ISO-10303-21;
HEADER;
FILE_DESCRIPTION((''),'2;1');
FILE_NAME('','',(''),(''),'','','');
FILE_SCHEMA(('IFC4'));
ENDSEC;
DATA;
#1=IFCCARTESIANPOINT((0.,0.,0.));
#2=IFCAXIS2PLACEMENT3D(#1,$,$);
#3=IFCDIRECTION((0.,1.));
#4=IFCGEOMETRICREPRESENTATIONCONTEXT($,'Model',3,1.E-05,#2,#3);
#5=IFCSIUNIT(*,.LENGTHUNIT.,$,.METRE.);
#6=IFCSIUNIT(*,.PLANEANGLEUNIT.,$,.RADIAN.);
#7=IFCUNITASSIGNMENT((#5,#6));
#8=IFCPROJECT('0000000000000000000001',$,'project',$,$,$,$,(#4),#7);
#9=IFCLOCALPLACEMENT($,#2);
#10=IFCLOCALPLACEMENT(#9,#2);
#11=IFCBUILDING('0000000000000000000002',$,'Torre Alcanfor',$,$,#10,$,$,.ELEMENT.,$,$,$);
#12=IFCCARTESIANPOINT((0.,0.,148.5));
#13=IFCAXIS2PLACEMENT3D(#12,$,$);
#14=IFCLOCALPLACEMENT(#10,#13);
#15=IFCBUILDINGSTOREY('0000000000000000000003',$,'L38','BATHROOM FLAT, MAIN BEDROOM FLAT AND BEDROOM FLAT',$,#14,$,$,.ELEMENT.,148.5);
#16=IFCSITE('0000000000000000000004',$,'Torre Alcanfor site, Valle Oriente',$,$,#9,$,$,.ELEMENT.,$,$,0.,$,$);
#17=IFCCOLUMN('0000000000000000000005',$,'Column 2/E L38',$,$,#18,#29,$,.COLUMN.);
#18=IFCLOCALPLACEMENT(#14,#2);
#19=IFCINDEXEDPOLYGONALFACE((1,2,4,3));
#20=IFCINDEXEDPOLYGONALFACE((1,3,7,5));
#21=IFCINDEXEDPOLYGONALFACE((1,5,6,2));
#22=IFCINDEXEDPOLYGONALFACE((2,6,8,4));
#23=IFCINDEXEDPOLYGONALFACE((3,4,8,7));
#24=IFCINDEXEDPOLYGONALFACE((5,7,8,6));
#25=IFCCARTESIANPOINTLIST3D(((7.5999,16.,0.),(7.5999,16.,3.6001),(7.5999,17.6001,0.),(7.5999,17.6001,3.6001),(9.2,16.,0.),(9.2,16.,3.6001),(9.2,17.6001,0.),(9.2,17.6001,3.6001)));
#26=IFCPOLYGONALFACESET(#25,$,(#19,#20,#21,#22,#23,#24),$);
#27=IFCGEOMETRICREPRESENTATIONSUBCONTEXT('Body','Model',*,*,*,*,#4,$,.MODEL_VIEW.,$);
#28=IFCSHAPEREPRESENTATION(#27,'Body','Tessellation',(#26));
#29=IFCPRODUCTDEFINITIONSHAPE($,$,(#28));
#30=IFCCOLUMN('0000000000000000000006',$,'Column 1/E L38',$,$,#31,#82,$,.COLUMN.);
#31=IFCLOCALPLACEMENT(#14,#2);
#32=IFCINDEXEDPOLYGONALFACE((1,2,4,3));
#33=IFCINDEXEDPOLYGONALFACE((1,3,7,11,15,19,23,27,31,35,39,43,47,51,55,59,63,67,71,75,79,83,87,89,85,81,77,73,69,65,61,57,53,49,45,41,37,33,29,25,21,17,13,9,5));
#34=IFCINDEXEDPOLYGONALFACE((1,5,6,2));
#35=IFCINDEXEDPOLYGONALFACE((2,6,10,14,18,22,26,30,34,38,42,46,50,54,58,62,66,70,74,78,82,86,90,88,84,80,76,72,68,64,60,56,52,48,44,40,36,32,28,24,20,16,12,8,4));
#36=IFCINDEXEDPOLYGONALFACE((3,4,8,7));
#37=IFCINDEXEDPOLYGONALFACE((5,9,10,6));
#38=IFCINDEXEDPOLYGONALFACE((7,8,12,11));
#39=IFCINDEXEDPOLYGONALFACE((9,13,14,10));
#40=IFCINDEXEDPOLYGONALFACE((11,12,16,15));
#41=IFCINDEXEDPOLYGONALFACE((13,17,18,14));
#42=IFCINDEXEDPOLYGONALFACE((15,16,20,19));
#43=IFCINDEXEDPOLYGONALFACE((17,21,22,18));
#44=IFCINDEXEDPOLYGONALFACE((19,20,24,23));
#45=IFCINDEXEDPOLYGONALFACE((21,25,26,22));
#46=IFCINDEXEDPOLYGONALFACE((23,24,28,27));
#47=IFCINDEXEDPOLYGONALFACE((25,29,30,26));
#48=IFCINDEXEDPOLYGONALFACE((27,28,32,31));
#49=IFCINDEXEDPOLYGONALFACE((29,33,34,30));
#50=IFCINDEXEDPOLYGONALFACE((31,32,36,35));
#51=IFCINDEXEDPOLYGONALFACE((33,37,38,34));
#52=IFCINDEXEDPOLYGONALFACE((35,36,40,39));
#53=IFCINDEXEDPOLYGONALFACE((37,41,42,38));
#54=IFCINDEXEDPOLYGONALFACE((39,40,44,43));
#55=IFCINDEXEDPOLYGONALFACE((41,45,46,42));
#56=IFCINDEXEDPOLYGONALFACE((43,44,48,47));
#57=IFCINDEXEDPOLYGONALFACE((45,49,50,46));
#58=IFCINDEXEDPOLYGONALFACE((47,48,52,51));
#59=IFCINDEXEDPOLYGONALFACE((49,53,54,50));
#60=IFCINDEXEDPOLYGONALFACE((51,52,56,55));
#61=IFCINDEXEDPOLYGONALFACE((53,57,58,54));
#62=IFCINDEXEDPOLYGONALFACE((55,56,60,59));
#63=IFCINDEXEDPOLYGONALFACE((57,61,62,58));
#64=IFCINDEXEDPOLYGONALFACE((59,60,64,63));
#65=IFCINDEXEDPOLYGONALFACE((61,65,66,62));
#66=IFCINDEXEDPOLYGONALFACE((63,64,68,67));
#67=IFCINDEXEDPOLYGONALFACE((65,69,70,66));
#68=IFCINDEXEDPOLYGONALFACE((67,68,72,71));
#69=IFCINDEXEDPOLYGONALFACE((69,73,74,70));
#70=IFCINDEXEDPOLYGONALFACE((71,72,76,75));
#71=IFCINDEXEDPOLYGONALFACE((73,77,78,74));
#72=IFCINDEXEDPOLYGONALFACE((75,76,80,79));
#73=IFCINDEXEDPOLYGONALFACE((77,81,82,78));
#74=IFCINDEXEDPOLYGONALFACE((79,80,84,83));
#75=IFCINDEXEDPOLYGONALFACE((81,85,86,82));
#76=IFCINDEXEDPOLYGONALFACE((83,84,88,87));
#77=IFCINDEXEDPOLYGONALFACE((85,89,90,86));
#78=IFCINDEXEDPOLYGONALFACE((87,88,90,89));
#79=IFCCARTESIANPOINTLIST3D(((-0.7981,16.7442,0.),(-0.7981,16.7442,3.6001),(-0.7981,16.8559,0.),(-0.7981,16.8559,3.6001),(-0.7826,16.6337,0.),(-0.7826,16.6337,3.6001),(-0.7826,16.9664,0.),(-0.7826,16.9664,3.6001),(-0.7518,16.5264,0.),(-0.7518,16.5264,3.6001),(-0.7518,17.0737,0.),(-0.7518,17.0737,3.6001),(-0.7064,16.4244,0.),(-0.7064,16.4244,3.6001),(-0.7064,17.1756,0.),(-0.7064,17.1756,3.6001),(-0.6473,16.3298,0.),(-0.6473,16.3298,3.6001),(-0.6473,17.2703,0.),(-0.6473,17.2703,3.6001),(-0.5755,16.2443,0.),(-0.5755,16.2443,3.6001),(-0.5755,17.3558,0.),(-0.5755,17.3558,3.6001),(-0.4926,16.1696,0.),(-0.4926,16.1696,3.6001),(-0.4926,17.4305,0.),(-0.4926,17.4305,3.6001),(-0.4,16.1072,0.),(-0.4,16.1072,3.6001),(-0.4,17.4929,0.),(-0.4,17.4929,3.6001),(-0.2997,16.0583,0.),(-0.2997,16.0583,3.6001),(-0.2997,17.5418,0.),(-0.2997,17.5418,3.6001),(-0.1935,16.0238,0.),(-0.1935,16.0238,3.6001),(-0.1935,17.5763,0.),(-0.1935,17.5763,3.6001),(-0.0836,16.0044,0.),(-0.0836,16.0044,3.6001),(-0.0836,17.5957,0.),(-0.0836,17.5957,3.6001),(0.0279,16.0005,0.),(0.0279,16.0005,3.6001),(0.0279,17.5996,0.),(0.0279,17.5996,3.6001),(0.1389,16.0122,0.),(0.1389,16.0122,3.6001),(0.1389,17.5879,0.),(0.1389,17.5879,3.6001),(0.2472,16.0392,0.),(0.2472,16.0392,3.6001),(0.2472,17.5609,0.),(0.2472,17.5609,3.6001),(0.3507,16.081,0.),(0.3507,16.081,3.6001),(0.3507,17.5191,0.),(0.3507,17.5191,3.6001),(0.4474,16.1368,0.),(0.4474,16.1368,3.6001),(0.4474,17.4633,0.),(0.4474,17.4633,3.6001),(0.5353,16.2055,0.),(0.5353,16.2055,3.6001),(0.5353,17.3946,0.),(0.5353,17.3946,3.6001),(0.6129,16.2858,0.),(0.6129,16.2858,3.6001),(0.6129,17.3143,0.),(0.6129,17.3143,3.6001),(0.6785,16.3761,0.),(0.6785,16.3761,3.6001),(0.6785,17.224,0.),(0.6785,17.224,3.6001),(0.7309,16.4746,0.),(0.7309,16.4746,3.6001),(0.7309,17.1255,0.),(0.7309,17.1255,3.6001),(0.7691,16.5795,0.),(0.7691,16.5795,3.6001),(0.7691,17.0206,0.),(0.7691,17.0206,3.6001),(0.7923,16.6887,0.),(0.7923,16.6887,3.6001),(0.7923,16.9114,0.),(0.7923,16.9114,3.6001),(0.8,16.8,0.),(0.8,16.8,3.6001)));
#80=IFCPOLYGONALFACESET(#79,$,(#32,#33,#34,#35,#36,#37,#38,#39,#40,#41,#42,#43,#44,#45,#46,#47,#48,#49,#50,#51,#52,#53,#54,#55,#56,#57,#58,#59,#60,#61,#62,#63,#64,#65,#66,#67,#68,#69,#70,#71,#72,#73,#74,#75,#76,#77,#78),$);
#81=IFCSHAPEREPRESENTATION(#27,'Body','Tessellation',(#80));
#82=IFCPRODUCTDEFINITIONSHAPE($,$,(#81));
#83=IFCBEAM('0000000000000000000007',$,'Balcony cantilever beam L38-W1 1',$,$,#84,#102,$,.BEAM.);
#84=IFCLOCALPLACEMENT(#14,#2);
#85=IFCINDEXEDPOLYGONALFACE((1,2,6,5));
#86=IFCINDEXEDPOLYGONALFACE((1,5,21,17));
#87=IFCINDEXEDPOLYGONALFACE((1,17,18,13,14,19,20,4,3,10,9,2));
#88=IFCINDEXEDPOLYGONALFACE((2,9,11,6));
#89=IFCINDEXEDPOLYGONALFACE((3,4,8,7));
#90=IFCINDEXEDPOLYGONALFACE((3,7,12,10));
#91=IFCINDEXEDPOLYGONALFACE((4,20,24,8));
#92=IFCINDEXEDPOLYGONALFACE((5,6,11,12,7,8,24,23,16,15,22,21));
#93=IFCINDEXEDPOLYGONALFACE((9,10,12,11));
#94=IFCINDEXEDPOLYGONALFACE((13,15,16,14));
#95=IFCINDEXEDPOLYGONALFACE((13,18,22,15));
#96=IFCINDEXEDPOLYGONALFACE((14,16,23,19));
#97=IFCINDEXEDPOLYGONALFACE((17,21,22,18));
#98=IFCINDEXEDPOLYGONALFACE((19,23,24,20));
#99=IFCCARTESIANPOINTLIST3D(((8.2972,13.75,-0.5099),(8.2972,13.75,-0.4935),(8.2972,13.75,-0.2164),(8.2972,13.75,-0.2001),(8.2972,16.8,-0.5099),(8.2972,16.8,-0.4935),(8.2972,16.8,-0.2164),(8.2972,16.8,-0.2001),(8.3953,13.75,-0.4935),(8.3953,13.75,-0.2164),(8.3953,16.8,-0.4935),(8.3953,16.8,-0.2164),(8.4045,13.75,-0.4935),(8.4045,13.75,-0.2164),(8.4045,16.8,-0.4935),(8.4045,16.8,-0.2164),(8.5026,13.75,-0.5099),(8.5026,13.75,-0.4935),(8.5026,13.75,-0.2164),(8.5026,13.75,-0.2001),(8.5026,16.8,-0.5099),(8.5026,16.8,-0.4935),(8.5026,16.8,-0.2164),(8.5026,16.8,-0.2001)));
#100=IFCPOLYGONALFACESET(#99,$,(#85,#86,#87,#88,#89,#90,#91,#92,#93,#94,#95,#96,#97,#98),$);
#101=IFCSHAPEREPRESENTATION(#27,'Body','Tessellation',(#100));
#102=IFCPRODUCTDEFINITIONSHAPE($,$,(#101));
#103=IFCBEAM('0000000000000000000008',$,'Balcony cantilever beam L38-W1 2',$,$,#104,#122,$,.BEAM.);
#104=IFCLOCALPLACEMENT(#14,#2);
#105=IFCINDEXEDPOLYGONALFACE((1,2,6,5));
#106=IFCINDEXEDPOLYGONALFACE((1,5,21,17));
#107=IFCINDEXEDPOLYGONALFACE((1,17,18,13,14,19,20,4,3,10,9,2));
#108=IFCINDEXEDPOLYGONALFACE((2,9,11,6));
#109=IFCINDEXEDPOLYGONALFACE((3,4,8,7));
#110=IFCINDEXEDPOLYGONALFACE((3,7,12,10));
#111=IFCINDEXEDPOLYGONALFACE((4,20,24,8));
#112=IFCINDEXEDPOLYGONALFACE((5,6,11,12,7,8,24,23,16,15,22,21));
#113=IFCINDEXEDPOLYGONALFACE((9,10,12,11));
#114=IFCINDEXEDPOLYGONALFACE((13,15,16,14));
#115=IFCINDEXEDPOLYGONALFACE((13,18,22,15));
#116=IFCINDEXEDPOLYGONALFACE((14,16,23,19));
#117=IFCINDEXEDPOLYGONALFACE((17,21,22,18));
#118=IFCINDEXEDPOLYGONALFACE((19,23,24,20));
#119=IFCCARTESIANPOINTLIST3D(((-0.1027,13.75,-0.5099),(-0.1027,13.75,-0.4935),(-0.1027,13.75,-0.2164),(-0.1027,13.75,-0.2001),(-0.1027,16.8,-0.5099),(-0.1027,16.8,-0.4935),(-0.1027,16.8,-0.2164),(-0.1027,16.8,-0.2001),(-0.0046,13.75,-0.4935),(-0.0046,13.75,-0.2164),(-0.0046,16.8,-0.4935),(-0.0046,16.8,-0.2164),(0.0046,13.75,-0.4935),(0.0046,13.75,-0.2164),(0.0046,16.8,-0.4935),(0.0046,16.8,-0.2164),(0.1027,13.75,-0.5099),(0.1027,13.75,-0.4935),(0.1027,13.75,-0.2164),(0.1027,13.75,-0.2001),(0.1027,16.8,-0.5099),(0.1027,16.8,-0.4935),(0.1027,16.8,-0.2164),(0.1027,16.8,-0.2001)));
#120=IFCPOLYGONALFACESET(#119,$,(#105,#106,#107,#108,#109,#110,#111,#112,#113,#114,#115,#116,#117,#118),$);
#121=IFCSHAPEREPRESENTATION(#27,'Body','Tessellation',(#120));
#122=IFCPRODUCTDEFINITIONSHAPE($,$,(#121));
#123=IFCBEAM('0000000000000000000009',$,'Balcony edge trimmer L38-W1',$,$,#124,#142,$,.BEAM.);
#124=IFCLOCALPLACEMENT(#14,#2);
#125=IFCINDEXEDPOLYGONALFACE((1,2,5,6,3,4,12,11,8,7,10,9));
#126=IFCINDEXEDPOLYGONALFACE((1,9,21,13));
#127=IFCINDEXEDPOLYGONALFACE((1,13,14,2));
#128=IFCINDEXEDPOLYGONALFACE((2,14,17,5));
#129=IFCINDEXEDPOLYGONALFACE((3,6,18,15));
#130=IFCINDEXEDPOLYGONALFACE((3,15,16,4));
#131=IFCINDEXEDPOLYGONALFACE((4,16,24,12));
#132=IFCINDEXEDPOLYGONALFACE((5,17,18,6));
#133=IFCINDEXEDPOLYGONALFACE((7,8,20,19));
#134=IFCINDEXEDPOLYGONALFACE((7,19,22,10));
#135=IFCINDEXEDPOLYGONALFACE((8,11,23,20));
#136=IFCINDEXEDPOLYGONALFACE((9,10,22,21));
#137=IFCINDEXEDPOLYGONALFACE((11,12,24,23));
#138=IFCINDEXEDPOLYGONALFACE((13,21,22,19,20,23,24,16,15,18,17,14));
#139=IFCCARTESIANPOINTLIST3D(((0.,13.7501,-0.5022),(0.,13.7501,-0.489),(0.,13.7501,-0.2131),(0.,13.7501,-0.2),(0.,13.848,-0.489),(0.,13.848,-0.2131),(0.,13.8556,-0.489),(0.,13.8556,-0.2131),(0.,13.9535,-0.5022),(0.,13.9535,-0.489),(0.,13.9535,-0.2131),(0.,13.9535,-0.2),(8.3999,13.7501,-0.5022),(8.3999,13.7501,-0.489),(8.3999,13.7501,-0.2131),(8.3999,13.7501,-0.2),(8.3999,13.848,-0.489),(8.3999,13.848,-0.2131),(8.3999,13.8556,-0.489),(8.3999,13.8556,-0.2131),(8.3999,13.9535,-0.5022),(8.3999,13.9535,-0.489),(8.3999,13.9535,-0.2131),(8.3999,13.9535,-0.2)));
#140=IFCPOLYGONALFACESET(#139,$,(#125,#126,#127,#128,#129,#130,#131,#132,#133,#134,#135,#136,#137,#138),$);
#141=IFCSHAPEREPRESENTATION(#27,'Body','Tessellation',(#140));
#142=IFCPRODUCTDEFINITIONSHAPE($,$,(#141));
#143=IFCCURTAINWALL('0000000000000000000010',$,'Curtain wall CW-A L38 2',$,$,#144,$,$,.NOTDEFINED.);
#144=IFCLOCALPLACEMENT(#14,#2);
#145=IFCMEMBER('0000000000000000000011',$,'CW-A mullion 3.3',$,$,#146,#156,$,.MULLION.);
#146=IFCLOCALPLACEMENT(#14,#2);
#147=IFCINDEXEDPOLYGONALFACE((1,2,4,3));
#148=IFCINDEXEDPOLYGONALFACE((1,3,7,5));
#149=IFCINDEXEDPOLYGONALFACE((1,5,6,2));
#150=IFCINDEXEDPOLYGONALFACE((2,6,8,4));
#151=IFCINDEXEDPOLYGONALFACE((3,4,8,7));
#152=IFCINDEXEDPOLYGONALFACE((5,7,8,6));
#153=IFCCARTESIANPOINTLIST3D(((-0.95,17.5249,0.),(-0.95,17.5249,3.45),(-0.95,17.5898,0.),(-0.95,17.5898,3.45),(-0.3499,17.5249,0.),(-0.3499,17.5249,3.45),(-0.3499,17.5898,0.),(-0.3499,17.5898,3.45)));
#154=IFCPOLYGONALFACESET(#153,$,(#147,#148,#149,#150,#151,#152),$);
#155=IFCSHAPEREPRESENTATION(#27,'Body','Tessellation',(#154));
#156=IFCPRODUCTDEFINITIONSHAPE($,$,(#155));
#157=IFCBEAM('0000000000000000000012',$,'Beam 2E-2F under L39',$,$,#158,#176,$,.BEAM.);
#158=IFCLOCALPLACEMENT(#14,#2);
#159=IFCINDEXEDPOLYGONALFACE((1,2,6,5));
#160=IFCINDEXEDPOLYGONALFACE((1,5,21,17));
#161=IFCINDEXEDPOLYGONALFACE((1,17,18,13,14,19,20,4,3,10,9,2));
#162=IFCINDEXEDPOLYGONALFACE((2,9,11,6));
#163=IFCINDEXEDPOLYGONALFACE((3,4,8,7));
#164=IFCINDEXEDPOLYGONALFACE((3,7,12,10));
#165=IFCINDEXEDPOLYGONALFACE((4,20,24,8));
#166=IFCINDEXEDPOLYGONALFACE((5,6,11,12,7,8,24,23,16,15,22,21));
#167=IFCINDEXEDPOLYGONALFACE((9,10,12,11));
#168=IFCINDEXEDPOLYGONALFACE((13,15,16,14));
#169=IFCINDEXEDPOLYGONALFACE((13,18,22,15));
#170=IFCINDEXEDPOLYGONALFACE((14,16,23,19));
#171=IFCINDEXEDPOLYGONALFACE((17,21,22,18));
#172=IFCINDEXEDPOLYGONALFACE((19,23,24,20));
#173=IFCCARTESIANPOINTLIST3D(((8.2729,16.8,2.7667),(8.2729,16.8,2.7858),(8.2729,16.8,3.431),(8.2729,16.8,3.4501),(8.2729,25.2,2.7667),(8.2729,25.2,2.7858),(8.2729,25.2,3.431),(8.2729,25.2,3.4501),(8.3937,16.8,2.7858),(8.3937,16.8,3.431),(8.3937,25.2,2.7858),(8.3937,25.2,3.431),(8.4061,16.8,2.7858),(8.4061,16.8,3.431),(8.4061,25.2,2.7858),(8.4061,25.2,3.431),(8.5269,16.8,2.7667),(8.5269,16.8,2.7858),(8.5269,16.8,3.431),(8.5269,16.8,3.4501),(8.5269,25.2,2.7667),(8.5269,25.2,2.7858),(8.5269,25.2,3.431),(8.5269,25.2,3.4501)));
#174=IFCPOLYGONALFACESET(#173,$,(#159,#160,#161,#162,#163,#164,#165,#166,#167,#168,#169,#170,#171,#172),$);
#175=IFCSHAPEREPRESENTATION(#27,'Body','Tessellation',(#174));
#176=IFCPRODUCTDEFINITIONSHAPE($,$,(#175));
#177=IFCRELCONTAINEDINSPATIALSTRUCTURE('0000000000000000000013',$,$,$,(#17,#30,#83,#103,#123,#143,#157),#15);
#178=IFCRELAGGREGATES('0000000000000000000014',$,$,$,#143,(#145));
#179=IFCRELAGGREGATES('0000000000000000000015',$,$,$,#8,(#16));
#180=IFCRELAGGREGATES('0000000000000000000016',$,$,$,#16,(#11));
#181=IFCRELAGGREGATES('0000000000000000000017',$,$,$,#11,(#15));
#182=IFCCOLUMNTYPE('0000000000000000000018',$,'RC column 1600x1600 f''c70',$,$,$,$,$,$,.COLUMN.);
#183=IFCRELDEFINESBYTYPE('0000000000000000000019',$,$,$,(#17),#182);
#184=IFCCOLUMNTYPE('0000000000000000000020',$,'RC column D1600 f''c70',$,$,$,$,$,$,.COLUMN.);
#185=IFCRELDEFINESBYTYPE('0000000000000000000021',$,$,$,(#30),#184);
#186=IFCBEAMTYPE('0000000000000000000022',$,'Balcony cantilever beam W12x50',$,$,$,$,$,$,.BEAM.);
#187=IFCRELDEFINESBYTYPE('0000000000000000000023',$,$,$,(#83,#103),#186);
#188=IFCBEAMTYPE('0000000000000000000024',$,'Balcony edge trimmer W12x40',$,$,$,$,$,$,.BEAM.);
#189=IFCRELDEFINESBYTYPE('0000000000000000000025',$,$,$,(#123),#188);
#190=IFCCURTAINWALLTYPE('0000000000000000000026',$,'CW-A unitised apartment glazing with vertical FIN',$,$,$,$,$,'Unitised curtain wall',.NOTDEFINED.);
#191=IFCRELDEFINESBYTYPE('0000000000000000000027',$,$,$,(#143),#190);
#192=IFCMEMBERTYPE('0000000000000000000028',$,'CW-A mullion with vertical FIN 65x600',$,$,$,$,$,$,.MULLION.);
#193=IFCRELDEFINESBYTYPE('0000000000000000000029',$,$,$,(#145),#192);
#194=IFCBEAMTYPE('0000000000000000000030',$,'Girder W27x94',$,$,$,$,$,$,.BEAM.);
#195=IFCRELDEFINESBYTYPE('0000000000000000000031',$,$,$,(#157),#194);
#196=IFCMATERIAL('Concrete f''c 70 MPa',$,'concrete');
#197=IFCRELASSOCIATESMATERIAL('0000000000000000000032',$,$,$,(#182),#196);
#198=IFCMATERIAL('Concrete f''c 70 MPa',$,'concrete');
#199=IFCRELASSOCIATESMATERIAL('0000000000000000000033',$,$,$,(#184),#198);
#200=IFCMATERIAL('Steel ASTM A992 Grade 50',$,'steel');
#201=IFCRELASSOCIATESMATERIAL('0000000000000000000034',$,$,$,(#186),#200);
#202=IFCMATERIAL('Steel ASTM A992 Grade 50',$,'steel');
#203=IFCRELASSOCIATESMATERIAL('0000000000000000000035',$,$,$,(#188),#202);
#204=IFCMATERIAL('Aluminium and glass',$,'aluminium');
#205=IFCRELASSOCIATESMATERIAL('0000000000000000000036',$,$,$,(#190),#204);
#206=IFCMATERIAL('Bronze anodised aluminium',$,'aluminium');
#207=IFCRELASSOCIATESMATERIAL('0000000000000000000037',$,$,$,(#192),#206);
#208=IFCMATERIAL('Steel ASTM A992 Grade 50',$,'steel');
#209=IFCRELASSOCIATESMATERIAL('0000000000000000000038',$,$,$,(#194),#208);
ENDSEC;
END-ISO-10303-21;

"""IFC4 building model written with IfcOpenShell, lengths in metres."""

from ifc_helpers import new_model, si_unit, direction, frame, origin, origin_2d, place, context, subcontext, project, spatial, rectangle, circle, i_section, extrude, material, material_profile, profile_set, type_object, element, aggregate, save


model = new_model("IFC4")

# Units and contexts
model_context = context("Model", 3, precision=1e-05, world=origin(), true_north=direction((0.0, 1.0)))
body_context = subcontext(model_context, "Body", "Model", "MODEL_VIEW")
ifc_project = project(units=[si_unit("LENGTHUNIT", "METRE"), si_unit("PLANEANGLEUNIT", "RADIAN")], contexts=[model_context])

# Site, building, storey
site_placement = place(None, origin())
site = spatial("IfcSite", under=ifc_project, at=site_placement, Name="Torre Alcanfor site, Valle Oriente", CompositionType="ELEMENT", RefElevation=0.0)
building_placement = place(site_placement, origin())
building = spatial("IfcBuilding", under=site, at=building_placement, Name="Torre Alcanfor", CompositionType="ELEMENT")
storey_placement = place(building_placement, frame((0.0, 0.0, 148.5)))
storey = spatial("IfcBuildingStorey", under=building, at=storey_placement, Name="L38", Description="BATHROOM FLAT, MAIN BEDROOM FLAT AND BEDROOM FLAT", CompositionType="ELEMENT", Elevation=148.5)

# Columns
ifc_material_1 = material(Name="Concrete f'c 70 MPa", Category="concrete")
ifc_material_profile_1 = material_profile(ifc_material_1, rectangle(XDim=1.6001, YDim=1.6001, at=origin_2d()), Name="1600x1600")
ifc_profile_set_1 = profile_set([ifc_material_profile_1], Name="Concrete f'c 70 MPa")
column_type_1 = type_object("IfcColumnType", Name="RC column 1600x1600 f'c70", PredefinedType="COLUMN", material=ifc_profile_set_1)
column_1_placement = place(storey_placement, frame((8.3999, 16.8, 0.0), z_axis=(0.0, 0.0, 1.0), x_axis=(1.0, 0.0, 0.0)))
element("IfcColumn", 1, at=column_1_placement, inside=storey, type_object=column_type_1, Name="Column 2/E L38", PredefinedType="COLUMN", context=body_context, shape_type="SweptSolid", body=[
    extrude(rectangle(XDim=1.6001, YDim=1.6001, at=origin_2d()), origin(), (0.0, 0.0, 1.0), 3.6001),
])
ifc_material_2 = material(Name="Concrete f'c 70 MPa", Category="concrete")
ifc_material_profile_2 = material_profile(ifc_material_2, circle(Radius=0.8, at=origin_2d()), Name="D1600")
ifc_profile_set_2 = profile_set([ifc_material_profile_2], Name="Concrete f'c 70 MPa")
column_type_2 = type_object("IfcColumnType", Name="RC column D1600 f'c70", PredefinedType="COLUMN", material=ifc_profile_set_2)
column_2_placement = place(storey_placement, frame((0.0, 16.8, 0.0), z_axis=(0.0, 0.0, 1.0), x_axis=(1.0, 0.0, 0.0)))
element("IfcColumn", 2, at=column_2_placement, inside=storey, type_object=column_type_2, Name="Column 1/E L38", PredefinedType="COLUMN", context=body_context, shape_type="SweptSolid", body=[
    extrude(circle(Radius=0.8, at=origin_2d()), origin(), (0.0, 0.0, 1.0), 3.6001),
])

# Beams
ifc_material_3 = material(Name="Steel ASTM A992 Grade 50", Category="steel")
ifc_material_profile_3 = material_profile(ifc_material_3, i_section(OverallWidth=0.2053, OverallDepth=0.3098, WebThickness=0.0093, FlangeThickness=0.0164, at=origin_2d()), Name="W12x50")
ifc_profile_set_3 = profile_set([ifc_material_profile_3], Name="Steel ASTM A992 Grade 50")
beam_type_1 = type_object("IfcBeamType", Name="Balcony cantilever beam W12x50", PredefinedType="BEAM", material=ifc_profile_set_3)
for number, where, z_axis, x_axis, name in (
    (3, (8.3999, 16.8, -0.355), (0.0, -1.0, 0.0), (1.0, 0.0, 0.0), "Balcony cantilever beam L38-W1 1"),
    (4, (0.0, 16.8, -0.355), (0.0, -1.0, 0.0), (1.0, 0.0, 0.0), "Balcony cantilever beam L38-W1 2"),
):
    element("IfcBeam", number, at=place(storey_placement, frame(where, z_axis=z_axis, x_axis=x_axis)), inside=storey, type_object=beam_type_1, Name=name, PredefinedType="BEAM", context=body_context, shape_type="SweptSolid", body=[
        extrude(i_section(OverallWidth=0.2053, OverallDepth=0.3098, WebThickness=0.0093, FlangeThickness=0.0164, at=origin_2d()), origin(), (0.0, 0.0, 1.0), 3.05),
    ])
ifc_material_4 = material(Name="Steel ASTM A992 Grade 50", Category="steel")
ifc_material_profile_4 = material_profile(ifc_material_4, i_section(OverallWidth=0.2034, OverallDepth=0.3022, WebThickness=0.0076, FlangeThickness=0.0132, at=origin_2d()), Name="W12x40")
ifc_profile_set_4 = profile_set([ifc_material_profile_4], Name="Steel ASTM A992 Grade 50")
beam_type_2 = type_object("IfcBeamType", Name="Balcony edge trimmer W12x40", PredefinedType="BEAM", material=ifc_profile_set_4)
beam_1_placement = place(storey_placement, frame((8.3999, 13.8518, -0.3511), z_axis=(-1.0, 0.0, 0.0), x_axis=(0.0, -1.0, 0.0)))
element("IfcBeam", 5, at=beam_1_placement, inside=storey, type_object=beam_type_2, Name="Balcony edge trimmer L38-W1", PredefinedType="BEAM", context=body_context, shape_type="SweptSolid", body=[
    extrude(i_section(OverallWidth=0.2034, OverallDepth=0.3022, WebThickness=0.0076, FlangeThickness=0.0132, at=origin_2d()), origin(), (0.0, 0.0, 1.0), 8.3999),
])

# Curtain wall, member
ifc_material_5 = material(Name="Aluminium and glass", Category="aluminium")
curtain_wall_type = type_object("IfcCurtainWallType", Name="CW-A unitised apartment glazing with vertical FIN", ElementType="Unitised curtain wall", PredefinedType="NOTDEFINED", material=ifc_material_5)
curtain_wall_placement = place(storey_placement, origin())
curtain_wall = element("IfcCurtainWall", 6, at=curtain_wall_placement, inside=storey, type_object=curtain_wall_type, Name="Curtain wall CW-A L38 2", PredefinedType="NOTDEFINED")
ifc_material_6 = material(Name="Bronze anodised aluminium", Category="aluminium")
ifc_material_profile_5 = material_profile(ifc_material_6, rectangle(XDim=0.6001, YDim=0.0649, at=origin_2d()), Name="CW-A mullion 65x600")
ifc_profile_set_5 = profile_set([ifc_material_profile_5], Name="Bronze anodised aluminium")
member_type = type_object("IfcMemberType", Name="CW-A mullion with vertical FIN 65x600", PredefinedType="MULLION", material=ifc_profile_set_5)
member_placement = place(storey_placement, frame((-0.6499, 17.5574, 0.0), z_axis=(0.0, 0.0, 1.0), x_axis=(1.0, 0.0, 0.0)))
member = element("IfcMember", 7, at=member_placement, type_object=member_type, Name="CW-A mullion 3.3", PredefinedType="MULLION", context=body_context, shape_type="SweptSolid", body=[
    extrude(rectangle(XDim=0.6001, YDim=0.0649, at=origin_2d()), origin(), (0.0, 0.0, 1.0), 3.45),
])

# Beam
ifc_material_7 = material(Name="Steel ASTM A992 Grade 50", Category="steel")
ifc_material_profile_6 = material_profile(ifc_material_7, i_section(OverallWidth=0.2539, OverallDepth=0.6833, WebThickness=0.0125, FlangeThickness=0.019, at=origin_2d()), Name="W27x94")
ifc_profile_set_6 = profile_set([ifc_material_profile_6], Name="Steel ASTM A992 Grade 50")
beam_type_3 = type_object("IfcBeamType", Name="Girder W27x94", PredefinedType="BEAM", material=ifc_profile_set_6)
beam_2_placement = place(storey_placement, frame((8.3999, 16.8, 3.1084), z_axis=(0.0, 1.0, 0.0), x_axis=(-1.0, 0.0, 0.0)))
element("IfcBeam", 8, at=beam_2_placement, inside=storey, type_object=beam_type_3, Name="Beam 2E-2F under L39", PredefinedType="BEAM", context=body_context, shape_type="SweptSolid", body=[
    extrude(i_section(OverallWidth=0.2539, OverallDepth=0.6833, WebThickness=0.0125, FlangeThickness=0.019, at=origin_2d()), origin(), (0.0, 0.0, 1.0), 8.3999),
])

aggregate(curtain_wall, [member])

save(model, "model.ifc")
